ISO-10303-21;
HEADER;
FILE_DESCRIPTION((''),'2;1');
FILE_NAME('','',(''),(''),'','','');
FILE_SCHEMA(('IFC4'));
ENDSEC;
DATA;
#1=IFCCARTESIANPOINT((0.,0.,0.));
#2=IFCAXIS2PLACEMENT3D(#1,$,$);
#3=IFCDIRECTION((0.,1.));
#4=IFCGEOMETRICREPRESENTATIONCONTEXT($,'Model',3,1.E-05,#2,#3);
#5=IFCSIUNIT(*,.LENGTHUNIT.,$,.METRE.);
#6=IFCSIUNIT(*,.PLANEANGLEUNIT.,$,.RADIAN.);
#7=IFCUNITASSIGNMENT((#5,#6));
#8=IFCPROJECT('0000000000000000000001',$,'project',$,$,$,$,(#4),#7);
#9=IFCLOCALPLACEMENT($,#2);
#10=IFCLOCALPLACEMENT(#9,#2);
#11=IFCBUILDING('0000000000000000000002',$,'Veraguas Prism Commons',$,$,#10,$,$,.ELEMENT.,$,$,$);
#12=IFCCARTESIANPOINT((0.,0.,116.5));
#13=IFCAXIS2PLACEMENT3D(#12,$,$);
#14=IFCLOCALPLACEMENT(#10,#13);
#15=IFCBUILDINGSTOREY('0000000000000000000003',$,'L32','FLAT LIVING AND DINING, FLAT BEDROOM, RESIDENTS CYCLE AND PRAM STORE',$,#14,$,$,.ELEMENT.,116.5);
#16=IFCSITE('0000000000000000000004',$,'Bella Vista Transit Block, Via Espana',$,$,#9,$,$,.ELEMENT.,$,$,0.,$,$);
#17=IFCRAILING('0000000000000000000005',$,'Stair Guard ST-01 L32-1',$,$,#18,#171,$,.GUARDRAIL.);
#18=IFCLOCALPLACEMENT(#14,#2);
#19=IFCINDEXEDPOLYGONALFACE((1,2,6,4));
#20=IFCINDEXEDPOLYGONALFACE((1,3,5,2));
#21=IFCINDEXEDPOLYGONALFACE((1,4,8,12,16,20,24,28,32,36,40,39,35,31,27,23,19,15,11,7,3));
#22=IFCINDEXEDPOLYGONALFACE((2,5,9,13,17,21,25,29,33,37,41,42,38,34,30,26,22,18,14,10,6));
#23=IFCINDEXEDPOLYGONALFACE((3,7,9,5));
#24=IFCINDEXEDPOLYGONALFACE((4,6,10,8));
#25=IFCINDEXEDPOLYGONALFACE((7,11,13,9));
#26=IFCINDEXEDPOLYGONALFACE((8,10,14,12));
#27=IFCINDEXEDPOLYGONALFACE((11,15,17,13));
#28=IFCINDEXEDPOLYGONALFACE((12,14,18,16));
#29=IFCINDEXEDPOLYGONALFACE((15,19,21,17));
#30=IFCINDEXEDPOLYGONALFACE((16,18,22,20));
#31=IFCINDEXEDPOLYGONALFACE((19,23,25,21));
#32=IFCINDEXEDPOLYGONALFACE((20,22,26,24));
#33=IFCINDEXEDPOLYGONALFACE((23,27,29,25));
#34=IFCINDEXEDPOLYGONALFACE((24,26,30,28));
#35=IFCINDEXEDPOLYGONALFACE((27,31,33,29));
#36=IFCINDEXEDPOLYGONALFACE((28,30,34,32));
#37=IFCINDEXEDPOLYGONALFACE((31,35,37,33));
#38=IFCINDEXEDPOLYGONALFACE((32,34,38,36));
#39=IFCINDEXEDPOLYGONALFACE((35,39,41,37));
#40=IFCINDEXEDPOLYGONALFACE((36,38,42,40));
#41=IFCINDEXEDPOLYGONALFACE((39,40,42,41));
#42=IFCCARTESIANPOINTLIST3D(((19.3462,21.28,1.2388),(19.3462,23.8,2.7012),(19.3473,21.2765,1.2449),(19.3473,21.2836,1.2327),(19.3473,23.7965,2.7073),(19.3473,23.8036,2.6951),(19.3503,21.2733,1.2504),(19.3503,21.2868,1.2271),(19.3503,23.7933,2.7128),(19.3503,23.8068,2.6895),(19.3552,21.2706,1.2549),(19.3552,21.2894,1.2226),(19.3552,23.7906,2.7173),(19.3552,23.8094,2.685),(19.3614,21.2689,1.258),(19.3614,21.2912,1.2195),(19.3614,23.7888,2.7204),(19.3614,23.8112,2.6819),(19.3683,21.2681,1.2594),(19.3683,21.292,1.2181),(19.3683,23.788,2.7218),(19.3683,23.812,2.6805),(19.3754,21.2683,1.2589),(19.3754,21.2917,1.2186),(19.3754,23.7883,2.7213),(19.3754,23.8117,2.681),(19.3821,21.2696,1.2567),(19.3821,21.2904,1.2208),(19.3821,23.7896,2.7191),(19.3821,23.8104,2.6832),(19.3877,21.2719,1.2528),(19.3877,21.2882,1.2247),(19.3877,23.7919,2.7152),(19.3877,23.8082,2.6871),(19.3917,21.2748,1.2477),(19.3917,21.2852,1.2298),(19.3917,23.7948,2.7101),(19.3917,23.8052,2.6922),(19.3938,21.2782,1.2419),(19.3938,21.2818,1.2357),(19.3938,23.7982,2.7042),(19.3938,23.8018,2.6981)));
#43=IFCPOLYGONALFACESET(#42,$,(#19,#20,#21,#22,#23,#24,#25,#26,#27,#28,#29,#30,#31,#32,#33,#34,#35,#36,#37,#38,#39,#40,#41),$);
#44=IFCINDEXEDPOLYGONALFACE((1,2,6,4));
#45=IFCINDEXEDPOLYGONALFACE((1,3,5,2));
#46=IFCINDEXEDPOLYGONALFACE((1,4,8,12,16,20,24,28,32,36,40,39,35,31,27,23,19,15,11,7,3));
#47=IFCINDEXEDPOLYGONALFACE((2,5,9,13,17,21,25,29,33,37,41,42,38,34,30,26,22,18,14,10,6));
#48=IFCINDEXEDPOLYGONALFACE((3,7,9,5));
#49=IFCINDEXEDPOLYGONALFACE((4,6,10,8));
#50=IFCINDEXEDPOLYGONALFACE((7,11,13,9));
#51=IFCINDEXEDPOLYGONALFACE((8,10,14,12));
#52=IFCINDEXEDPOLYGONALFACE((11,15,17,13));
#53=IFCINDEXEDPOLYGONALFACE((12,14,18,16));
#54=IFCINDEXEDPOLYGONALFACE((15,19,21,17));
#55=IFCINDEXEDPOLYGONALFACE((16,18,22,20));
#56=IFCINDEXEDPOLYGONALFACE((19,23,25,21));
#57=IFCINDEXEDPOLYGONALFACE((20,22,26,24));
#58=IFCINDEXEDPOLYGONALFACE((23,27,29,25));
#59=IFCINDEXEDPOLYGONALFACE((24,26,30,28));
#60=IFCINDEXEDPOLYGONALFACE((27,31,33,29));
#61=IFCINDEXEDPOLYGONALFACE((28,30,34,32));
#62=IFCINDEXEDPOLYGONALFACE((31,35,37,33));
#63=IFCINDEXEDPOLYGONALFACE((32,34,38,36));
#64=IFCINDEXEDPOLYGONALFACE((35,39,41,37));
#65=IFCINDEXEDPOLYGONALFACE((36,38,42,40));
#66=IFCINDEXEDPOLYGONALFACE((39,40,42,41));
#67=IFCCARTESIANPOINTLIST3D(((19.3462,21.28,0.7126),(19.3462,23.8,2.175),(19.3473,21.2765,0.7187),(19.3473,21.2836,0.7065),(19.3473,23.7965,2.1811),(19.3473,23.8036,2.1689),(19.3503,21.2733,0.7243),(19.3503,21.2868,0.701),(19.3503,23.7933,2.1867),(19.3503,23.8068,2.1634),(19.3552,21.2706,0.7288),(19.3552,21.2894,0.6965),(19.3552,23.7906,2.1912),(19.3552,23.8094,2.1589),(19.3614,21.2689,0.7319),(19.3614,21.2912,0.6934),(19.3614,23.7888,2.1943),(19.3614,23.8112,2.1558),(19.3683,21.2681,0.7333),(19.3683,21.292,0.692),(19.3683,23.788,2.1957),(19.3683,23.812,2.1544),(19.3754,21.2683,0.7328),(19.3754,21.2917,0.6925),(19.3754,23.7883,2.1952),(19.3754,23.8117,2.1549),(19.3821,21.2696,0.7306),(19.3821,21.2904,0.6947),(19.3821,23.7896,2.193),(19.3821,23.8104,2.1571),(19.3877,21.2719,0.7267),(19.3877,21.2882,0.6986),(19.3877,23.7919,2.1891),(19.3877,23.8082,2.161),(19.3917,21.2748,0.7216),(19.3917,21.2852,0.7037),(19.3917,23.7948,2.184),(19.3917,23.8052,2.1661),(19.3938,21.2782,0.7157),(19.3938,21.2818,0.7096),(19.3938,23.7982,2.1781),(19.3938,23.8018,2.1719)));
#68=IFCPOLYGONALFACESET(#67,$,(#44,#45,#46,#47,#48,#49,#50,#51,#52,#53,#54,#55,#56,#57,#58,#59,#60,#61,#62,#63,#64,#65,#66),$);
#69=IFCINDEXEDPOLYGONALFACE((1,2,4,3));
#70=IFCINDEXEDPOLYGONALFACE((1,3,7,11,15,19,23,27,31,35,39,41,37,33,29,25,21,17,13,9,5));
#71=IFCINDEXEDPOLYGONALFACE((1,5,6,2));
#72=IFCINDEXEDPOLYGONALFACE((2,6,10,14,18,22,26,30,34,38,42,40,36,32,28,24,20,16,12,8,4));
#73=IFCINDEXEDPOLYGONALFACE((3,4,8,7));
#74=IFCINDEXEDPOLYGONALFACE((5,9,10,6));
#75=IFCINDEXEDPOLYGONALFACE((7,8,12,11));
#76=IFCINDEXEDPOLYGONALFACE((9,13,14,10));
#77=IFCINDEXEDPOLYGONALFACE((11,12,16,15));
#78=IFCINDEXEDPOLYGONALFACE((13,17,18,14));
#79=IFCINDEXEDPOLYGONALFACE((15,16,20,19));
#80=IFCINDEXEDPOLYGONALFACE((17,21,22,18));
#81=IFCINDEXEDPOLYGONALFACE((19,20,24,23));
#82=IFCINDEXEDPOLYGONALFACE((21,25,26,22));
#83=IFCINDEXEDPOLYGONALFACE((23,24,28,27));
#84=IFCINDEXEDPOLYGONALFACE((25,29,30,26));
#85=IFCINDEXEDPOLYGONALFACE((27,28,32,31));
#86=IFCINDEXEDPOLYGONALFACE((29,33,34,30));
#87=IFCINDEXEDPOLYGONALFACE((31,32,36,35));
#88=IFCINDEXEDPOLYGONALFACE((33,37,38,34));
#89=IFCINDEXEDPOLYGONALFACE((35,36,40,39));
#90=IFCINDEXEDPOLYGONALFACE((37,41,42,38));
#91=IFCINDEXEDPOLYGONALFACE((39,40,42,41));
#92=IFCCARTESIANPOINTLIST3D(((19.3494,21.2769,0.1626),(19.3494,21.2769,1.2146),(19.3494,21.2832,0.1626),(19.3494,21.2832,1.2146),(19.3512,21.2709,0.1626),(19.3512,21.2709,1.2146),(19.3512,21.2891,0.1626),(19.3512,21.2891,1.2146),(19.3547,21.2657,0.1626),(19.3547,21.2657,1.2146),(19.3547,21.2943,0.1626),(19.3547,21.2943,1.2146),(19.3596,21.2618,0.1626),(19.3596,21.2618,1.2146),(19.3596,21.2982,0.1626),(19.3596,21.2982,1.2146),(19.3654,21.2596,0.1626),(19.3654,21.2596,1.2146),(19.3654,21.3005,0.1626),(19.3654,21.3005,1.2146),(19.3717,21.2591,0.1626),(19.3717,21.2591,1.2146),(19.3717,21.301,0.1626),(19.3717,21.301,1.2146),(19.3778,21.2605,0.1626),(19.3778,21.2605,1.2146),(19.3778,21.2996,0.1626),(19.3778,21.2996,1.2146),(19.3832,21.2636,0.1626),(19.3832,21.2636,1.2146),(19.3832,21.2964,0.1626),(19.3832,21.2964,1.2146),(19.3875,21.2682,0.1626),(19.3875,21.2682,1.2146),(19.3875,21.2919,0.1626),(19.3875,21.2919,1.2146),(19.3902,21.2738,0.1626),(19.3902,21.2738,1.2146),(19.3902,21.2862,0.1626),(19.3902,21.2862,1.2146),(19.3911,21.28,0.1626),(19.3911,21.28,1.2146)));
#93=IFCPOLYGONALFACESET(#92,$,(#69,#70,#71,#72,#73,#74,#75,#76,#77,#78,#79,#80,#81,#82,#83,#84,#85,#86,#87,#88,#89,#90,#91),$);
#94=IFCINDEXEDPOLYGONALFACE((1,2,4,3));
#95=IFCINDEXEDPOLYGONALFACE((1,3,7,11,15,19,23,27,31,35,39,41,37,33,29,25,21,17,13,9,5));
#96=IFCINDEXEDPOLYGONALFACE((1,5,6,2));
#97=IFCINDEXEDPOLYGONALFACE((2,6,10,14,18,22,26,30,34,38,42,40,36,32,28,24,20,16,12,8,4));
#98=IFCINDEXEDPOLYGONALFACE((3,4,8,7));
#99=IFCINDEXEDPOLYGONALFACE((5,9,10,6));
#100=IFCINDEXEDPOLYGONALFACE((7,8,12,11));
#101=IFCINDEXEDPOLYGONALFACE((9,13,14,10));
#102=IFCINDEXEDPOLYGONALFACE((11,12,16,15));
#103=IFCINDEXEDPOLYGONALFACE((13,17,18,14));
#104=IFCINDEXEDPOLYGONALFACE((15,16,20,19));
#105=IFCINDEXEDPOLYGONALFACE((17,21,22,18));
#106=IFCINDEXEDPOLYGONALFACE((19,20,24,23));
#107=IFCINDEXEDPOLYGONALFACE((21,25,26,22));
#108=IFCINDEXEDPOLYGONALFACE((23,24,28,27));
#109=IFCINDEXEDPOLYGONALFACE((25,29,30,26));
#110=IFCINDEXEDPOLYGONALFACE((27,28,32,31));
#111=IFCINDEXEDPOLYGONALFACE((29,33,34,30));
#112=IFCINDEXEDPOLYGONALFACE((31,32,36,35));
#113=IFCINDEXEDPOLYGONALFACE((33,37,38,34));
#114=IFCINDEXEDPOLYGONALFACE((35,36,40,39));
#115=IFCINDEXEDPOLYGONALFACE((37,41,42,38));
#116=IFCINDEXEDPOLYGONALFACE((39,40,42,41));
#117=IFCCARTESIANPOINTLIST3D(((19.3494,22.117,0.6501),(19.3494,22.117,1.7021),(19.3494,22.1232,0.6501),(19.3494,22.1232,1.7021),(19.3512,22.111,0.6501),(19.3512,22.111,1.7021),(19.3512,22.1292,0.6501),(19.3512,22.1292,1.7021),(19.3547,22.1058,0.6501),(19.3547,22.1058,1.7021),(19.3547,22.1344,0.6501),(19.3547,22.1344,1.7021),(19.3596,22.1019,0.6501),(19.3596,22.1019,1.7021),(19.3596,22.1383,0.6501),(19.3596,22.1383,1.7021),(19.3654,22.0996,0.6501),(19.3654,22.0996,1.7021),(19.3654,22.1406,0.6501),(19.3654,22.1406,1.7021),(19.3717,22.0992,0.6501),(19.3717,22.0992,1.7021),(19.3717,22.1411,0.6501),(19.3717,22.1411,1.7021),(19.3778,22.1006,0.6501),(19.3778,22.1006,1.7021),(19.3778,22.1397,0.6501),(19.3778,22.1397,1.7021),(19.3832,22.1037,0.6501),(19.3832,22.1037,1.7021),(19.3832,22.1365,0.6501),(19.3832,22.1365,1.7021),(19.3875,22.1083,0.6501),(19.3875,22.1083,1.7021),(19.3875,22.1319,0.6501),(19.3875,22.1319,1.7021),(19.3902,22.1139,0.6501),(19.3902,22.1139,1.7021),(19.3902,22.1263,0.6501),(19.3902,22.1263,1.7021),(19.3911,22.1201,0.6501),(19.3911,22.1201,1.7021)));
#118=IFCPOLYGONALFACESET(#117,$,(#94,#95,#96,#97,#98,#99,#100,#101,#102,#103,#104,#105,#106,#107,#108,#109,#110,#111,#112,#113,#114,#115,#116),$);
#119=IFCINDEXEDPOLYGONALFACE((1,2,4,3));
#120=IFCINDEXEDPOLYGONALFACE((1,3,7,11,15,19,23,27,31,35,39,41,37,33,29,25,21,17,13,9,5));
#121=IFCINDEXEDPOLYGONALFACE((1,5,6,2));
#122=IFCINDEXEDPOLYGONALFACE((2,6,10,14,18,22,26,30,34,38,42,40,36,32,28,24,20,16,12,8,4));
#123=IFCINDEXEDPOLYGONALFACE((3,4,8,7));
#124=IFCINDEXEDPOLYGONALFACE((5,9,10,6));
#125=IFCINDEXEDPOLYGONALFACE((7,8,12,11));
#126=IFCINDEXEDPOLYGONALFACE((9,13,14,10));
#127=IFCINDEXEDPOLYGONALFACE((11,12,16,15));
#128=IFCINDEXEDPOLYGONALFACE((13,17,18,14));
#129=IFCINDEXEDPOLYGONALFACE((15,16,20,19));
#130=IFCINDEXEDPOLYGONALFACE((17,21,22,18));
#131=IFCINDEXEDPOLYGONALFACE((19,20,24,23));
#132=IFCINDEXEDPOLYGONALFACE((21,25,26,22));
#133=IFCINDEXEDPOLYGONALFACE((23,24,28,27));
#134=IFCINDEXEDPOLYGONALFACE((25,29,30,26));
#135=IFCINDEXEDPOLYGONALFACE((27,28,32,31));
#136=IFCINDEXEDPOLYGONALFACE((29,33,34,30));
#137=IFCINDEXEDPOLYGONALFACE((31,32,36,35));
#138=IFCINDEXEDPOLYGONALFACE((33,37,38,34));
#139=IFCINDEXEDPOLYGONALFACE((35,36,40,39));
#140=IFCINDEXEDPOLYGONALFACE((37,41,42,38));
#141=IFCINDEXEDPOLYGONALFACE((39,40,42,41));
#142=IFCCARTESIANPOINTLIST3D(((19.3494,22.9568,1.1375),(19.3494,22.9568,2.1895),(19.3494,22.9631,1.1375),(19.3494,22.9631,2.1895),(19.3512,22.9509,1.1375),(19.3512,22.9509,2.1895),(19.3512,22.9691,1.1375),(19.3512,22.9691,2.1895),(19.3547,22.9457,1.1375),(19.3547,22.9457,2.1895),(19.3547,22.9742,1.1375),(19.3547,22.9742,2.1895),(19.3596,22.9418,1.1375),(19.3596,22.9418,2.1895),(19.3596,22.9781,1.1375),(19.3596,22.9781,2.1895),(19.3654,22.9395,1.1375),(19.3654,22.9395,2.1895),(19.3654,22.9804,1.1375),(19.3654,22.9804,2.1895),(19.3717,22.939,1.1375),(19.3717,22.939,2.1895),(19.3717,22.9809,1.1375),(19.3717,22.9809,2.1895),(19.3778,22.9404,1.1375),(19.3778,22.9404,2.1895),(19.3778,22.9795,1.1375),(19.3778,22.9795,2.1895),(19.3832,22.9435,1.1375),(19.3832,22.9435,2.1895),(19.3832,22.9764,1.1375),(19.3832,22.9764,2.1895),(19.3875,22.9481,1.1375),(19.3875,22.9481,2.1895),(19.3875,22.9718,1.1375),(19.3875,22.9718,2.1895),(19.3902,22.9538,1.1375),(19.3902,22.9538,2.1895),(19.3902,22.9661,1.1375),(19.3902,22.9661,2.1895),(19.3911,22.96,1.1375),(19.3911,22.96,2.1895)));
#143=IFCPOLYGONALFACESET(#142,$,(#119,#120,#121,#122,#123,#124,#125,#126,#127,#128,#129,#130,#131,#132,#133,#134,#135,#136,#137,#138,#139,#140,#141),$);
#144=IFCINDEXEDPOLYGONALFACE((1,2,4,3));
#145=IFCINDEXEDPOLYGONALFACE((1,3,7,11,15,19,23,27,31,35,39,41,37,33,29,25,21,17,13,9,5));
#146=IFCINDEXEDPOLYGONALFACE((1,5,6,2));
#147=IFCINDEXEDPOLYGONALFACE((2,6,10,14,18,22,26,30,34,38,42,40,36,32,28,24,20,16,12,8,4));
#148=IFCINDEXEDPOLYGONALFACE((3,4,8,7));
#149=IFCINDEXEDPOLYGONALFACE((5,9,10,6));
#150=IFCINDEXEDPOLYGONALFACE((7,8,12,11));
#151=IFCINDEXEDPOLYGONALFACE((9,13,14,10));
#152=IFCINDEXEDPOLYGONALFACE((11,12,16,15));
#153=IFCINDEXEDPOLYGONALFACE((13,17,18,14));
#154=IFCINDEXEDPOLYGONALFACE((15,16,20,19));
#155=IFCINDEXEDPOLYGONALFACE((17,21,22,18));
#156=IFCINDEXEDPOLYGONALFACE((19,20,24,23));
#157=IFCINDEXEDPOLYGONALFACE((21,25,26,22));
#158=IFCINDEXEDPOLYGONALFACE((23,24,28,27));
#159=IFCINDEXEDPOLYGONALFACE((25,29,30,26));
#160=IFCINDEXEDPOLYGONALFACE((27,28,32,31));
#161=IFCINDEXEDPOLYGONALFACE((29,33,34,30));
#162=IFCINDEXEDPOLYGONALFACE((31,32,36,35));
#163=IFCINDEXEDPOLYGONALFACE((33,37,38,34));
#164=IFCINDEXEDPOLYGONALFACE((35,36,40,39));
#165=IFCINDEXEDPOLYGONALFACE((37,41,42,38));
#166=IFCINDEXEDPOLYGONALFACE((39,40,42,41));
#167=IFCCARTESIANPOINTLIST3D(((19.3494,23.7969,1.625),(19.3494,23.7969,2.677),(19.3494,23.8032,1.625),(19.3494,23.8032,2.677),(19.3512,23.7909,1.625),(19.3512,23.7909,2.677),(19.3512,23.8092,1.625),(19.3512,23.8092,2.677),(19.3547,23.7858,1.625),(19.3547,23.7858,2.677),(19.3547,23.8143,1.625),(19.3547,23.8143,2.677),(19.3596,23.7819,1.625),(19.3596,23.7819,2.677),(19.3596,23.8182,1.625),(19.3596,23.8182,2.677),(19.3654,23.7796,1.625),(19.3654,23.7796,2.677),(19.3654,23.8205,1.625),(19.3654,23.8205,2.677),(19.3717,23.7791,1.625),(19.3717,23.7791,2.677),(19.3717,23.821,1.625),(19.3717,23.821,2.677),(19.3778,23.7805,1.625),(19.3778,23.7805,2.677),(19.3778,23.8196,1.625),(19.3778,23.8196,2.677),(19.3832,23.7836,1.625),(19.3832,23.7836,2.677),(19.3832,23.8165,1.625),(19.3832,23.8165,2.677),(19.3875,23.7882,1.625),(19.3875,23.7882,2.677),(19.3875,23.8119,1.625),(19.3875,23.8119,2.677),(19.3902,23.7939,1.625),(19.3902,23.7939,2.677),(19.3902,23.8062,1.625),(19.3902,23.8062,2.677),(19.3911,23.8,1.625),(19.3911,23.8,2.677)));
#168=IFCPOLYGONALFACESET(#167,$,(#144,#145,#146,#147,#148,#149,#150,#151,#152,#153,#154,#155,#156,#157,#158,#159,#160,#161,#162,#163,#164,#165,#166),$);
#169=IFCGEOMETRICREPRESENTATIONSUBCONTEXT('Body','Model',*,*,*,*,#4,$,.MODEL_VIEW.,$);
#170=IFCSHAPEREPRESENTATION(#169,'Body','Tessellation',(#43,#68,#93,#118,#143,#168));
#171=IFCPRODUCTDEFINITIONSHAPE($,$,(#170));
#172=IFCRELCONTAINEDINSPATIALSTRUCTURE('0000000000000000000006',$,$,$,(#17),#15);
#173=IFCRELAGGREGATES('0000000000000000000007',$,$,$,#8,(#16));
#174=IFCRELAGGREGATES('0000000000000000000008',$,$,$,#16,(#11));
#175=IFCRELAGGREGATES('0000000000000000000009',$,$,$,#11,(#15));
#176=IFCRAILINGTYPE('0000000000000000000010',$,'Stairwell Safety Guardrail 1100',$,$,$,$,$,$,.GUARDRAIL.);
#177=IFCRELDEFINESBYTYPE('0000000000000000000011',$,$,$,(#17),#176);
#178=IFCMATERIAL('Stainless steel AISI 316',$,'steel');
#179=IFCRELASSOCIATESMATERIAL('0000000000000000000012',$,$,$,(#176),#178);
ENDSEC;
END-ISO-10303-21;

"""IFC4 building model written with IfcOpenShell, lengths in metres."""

from ifc_helpers import new_model, si_unit, direction, frame, origin, origin_2d, place, context, subcontext, project, spatial, circle, extrude, material, type_object, element, save


model = new_model("IFC4")

# Units and contexts
model_context = context("Model", 3, precision=1e-05, world=origin(), true_north=direction((0.0, 1.0)))
body_context = subcontext(model_context, "Body", "Model", "MODEL_VIEW")
ifc_project = project(units=[si_unit("LENGTHUNIT", "METRE"), si_unit("PLANEANGLEUNIT", "RADIAN")], contexts=[model_context])

# Site, building, storey
site_placement = place(None, origin())
site = spatial("IfcSite", under=ifc_project, at=site_placement, Name="Bella Vista Transit Block, Via Espana", CompositionType="ELEMENT", RefElevation=0.0)
building_placement = place(site_placement, origin())
building = spatial("IfcBuilding", under=site, at=building_placement, Name="Veraguas Prism Commons", CompositionType="ELEMENT")
storey_placement = place(building_placement, frame((0.0, 0.0, 116.5)))
storey = spatial("IfcBuildingStorey", under=building, at=storey_placement, Name="L32", Description="FLAT LIVING AND DINING, FLAT BEDROOM, RESIDENTS CYCLE AND PRAM STORE", CompositionType="ELEMENT", Elevation=116.5)

# Railing
ifc_material_1 = material(Name="Stainless steel AISI 316", Category="steel")
railing_type = type_object("IfcRailingType", Name="Stairwell Safety Guardrail 1100", PredefinedType="GUARDRAIL", material=ifc_material_1)
railing_1_placement = place(storey_placement, frame((19.3701, 21.28, 0.1626)))
element("IfcRailing", 1, at=railing_1_placement, inside=storey, type_object=railing_type, Name="Stair Guard ST-01 L32-1", PredefinedType="GUARDRAIL", context=body_context, shape_type="SweptSolid", body=[
    extrude(circle(Radius=0.0239, at=origin_2d()), frame((0.0, 0.0, 1.0762), z_axis=(0.0, 0.864913, 0.501921), x_axis=(-1.0, 0.0, 0.0)), (0.0, 0.0, 1.0), 2.9136),
    extrude(circle(Radius=0.0239, at=origin_2d()), frame((0.0, 0.0, 0.55), z_axis=(0.0, 0.864913, 0.501921), x_axis=(-1.0, 0.0, 0.0)), (0.0, 0.0, 1.0), 2.9136),
    extrude(circle(Radius=0.021, at=origin_2d()), origin(), (0.0, 0.0, 1.0), 1.052),
    extrude(circle(Radius=0.021, at=origin_2d()), frame((0.0, 0.8401, 0.4875)), (0.0, 0.0, 1.0), 1.052),
    extrude(circle(Radius=0.021, at=origin_2d()), frame((0.0, 1.6799, 0.9749)), (0.0, 0.0, 1.0), 1.052),
    extrude(circle(Radius=0.021, at=origin_2d()), frame((0.0, 2.52, 1.4624)), (0.0, 0.0, 1.0), 1.052),
])

save(model, "model.ifc")
